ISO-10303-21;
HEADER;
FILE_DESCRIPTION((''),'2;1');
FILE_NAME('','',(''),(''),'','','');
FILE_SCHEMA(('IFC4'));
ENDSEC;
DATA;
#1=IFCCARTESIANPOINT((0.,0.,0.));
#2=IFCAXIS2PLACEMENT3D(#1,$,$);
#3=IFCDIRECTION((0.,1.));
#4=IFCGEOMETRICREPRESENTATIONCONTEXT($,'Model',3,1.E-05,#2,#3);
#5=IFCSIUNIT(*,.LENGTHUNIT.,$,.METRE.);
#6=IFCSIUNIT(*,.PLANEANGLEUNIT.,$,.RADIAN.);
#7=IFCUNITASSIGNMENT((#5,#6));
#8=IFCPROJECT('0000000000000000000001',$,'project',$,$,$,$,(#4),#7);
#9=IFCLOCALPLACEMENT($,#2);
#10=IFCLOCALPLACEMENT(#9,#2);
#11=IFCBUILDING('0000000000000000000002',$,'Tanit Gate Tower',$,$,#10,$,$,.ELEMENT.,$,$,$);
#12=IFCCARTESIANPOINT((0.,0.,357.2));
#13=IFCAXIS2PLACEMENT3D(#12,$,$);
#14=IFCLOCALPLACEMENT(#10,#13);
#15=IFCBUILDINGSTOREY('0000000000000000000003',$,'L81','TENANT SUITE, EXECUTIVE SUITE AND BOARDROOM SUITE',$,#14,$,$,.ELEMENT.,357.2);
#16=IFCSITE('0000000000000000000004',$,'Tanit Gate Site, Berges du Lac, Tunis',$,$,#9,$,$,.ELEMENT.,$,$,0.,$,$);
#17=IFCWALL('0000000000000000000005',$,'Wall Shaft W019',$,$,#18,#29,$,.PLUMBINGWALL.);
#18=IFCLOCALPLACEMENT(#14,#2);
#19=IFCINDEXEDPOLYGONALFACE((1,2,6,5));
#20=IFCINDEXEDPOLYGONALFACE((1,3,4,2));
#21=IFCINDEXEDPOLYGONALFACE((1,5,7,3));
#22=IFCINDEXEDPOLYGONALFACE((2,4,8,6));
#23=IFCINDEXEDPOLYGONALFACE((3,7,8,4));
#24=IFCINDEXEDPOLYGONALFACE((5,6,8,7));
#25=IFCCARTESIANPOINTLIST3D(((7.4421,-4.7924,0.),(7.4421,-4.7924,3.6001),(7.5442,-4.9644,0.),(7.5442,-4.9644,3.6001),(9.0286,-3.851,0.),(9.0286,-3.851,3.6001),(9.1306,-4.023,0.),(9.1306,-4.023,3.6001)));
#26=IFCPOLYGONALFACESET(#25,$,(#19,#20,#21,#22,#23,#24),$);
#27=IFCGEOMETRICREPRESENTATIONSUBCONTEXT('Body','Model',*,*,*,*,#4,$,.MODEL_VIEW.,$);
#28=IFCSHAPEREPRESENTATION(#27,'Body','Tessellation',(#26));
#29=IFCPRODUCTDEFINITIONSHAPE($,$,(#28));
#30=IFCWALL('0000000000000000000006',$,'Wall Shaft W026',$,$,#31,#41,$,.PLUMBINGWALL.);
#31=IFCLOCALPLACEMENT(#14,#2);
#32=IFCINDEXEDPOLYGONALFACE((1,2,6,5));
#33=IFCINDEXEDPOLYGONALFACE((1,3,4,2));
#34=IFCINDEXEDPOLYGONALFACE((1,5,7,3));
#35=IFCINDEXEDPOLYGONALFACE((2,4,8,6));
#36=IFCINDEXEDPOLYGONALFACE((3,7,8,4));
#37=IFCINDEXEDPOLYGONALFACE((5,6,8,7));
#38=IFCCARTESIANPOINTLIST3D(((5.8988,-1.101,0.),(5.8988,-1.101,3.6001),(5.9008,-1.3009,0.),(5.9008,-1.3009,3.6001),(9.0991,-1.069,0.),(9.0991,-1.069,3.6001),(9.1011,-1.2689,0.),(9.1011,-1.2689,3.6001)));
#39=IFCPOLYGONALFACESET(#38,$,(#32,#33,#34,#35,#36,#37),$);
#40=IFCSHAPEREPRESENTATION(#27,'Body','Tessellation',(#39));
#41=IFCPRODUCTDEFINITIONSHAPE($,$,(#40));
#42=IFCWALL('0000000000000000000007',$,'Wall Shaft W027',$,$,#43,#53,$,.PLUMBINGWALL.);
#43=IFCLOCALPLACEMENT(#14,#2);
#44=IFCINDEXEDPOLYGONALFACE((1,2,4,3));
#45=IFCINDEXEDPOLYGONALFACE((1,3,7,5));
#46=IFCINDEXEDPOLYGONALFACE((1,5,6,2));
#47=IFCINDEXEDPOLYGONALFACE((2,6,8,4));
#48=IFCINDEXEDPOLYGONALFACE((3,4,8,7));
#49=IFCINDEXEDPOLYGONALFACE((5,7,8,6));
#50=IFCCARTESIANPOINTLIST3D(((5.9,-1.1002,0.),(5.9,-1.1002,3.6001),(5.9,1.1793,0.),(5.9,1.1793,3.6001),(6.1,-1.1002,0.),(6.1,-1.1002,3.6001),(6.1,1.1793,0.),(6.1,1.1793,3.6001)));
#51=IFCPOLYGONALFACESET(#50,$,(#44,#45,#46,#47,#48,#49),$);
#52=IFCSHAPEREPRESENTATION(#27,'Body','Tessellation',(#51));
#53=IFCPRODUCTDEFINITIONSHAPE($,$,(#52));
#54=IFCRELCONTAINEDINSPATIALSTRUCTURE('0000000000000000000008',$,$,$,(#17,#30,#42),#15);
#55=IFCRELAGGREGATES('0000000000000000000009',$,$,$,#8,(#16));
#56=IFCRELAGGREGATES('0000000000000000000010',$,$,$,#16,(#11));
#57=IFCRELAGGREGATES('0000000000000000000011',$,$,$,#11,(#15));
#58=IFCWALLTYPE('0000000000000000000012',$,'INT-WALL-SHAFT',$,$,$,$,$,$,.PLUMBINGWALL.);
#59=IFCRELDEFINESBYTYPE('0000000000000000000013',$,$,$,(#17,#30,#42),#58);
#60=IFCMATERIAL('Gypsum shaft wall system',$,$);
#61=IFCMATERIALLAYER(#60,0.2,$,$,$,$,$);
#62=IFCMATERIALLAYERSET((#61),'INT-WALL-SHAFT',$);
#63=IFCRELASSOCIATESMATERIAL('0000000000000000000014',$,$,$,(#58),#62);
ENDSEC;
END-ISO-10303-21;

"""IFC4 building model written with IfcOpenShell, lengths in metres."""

from ifc_helpers import new_model, si_unit, direction, frame, frame_2d, origin, place, context, subcontext, project, spatial, rectangle, extrude, material, layer, layer_set, type_object, element, save


model = new_model("IFC4")

# Units and contexts
model_context = context("Model", 3, precision=1e-05, world=origin(), true_north=direction((0.0, 1.0)))
body_context = subcontext(model_context, "Body", "Model", "MODEL_VIEW")
ifc_project = project(units=[si_unit("LENGTHUNIT", "METRE"), si_unit("PLANEANGLEUNIT", "RADIAN")], contexts=[model_context])

# Site, building, storey
site_placement = place(None, origin())
site = spatial("IfcSite", under=ifc_project, at=site_placement, Name="Tanit Gate Site, Berges du Lac, Tunis", CompositionType="ELEMENT", RefElevation=0.0)
building_placement = place(site_placement, origin())
building = spatial("IfcBuilding", under=site, at=building_placement, Name="Tanit Gate Tower", CompositionType="ELEMENT")
storey_placement = place(building_placement, frame((0.0, 0.0, 357.2)))
storey = spatial("IfcBuildingStorey", under=building, at=storey_placement, Name="L81", Description="TENANT SUITE, EXECUTIVE SUITE AND BOARDROOM SUITE", CompositionType="ELEMENT", Elevation=357.2)

# Walls
ifc_material_1 = material(Name="Gypsum shaft wall system")
ifc_layer_1 = layer(ifc_material_1, 0.2)
ifc_layer_set_1 = layer_set([ifc_layer_1], Name="INT-WALL-SHAFT")
wall_type_1 = type_object("IfcWallType", Name="INT-WALL-SHAFT", PredefinedType="PLUMBINGWALL", material=ifc_layer_set_1)
wall_1_placement = place(storey_placement, frame((7.4932, -4.8784, 0.0), z_axis=(0.0, 0.0, 1.0), x_axis=(0.859982, 0.510325, 0.0)))
element("IfcWall", 1, at=wall_1_placement, inside=storey, type_object=wall_type_1, Name="Wall Shaft W019", PredefinedType="PLUMBINGWALL", context=body_context, shape_type="SweptSolid", body=[
    extrude(rectangle(XDim=1.8447, YDim=0.2, at=frame_2d((0.9224, 0.0))), origin(), (0.0, 0.0, 1.0), 3.6001),
])
wall_2_placement = place(storey_placement, frame((5.8999, -1.2009, 0.0), z_axis=(0.0, 0.0, 1.0), x_axis=(0.99995, 0.009993, 0.0)))
element("IfcWall", 2, at=wall_2_placement, inside=storey, type_object=wall_type_1, Name="Wall Shaft W026", PredefinedType="PLUMBINGWALL", context=body_context, shape_type="SweptSolid", body=[
    extrude(rectangle(XDim=3.2004, YDim=0.2, at=frame_2d((1.6001, 0.0))), origin(), (0.0, 0.0, 1.0), 3.6001),
])
wall_3_placement = place(storey_placement, frame((6.0, -1.1001, 0.0), z_axis=(0.0, 0.0, 1.0), x_axis=(0.0, 1.0, 0.0)))
element("IfcWall", 3, at=wall_3_placement, inside=storey, type_object=wall_type_1, Name="Wall Shaft W027", PredefinedType="PLUMBINGWALL", context=body_context, shape_type="SweptSolid", body=[
    extrude(rectangle(XDim=2.2795, YDim=0.2, at=frame_2d((1.1396, 0.0))), origin(), (0.0, 0.0, 1.0), 3.6001),
])

save(model, "model.ifc")
